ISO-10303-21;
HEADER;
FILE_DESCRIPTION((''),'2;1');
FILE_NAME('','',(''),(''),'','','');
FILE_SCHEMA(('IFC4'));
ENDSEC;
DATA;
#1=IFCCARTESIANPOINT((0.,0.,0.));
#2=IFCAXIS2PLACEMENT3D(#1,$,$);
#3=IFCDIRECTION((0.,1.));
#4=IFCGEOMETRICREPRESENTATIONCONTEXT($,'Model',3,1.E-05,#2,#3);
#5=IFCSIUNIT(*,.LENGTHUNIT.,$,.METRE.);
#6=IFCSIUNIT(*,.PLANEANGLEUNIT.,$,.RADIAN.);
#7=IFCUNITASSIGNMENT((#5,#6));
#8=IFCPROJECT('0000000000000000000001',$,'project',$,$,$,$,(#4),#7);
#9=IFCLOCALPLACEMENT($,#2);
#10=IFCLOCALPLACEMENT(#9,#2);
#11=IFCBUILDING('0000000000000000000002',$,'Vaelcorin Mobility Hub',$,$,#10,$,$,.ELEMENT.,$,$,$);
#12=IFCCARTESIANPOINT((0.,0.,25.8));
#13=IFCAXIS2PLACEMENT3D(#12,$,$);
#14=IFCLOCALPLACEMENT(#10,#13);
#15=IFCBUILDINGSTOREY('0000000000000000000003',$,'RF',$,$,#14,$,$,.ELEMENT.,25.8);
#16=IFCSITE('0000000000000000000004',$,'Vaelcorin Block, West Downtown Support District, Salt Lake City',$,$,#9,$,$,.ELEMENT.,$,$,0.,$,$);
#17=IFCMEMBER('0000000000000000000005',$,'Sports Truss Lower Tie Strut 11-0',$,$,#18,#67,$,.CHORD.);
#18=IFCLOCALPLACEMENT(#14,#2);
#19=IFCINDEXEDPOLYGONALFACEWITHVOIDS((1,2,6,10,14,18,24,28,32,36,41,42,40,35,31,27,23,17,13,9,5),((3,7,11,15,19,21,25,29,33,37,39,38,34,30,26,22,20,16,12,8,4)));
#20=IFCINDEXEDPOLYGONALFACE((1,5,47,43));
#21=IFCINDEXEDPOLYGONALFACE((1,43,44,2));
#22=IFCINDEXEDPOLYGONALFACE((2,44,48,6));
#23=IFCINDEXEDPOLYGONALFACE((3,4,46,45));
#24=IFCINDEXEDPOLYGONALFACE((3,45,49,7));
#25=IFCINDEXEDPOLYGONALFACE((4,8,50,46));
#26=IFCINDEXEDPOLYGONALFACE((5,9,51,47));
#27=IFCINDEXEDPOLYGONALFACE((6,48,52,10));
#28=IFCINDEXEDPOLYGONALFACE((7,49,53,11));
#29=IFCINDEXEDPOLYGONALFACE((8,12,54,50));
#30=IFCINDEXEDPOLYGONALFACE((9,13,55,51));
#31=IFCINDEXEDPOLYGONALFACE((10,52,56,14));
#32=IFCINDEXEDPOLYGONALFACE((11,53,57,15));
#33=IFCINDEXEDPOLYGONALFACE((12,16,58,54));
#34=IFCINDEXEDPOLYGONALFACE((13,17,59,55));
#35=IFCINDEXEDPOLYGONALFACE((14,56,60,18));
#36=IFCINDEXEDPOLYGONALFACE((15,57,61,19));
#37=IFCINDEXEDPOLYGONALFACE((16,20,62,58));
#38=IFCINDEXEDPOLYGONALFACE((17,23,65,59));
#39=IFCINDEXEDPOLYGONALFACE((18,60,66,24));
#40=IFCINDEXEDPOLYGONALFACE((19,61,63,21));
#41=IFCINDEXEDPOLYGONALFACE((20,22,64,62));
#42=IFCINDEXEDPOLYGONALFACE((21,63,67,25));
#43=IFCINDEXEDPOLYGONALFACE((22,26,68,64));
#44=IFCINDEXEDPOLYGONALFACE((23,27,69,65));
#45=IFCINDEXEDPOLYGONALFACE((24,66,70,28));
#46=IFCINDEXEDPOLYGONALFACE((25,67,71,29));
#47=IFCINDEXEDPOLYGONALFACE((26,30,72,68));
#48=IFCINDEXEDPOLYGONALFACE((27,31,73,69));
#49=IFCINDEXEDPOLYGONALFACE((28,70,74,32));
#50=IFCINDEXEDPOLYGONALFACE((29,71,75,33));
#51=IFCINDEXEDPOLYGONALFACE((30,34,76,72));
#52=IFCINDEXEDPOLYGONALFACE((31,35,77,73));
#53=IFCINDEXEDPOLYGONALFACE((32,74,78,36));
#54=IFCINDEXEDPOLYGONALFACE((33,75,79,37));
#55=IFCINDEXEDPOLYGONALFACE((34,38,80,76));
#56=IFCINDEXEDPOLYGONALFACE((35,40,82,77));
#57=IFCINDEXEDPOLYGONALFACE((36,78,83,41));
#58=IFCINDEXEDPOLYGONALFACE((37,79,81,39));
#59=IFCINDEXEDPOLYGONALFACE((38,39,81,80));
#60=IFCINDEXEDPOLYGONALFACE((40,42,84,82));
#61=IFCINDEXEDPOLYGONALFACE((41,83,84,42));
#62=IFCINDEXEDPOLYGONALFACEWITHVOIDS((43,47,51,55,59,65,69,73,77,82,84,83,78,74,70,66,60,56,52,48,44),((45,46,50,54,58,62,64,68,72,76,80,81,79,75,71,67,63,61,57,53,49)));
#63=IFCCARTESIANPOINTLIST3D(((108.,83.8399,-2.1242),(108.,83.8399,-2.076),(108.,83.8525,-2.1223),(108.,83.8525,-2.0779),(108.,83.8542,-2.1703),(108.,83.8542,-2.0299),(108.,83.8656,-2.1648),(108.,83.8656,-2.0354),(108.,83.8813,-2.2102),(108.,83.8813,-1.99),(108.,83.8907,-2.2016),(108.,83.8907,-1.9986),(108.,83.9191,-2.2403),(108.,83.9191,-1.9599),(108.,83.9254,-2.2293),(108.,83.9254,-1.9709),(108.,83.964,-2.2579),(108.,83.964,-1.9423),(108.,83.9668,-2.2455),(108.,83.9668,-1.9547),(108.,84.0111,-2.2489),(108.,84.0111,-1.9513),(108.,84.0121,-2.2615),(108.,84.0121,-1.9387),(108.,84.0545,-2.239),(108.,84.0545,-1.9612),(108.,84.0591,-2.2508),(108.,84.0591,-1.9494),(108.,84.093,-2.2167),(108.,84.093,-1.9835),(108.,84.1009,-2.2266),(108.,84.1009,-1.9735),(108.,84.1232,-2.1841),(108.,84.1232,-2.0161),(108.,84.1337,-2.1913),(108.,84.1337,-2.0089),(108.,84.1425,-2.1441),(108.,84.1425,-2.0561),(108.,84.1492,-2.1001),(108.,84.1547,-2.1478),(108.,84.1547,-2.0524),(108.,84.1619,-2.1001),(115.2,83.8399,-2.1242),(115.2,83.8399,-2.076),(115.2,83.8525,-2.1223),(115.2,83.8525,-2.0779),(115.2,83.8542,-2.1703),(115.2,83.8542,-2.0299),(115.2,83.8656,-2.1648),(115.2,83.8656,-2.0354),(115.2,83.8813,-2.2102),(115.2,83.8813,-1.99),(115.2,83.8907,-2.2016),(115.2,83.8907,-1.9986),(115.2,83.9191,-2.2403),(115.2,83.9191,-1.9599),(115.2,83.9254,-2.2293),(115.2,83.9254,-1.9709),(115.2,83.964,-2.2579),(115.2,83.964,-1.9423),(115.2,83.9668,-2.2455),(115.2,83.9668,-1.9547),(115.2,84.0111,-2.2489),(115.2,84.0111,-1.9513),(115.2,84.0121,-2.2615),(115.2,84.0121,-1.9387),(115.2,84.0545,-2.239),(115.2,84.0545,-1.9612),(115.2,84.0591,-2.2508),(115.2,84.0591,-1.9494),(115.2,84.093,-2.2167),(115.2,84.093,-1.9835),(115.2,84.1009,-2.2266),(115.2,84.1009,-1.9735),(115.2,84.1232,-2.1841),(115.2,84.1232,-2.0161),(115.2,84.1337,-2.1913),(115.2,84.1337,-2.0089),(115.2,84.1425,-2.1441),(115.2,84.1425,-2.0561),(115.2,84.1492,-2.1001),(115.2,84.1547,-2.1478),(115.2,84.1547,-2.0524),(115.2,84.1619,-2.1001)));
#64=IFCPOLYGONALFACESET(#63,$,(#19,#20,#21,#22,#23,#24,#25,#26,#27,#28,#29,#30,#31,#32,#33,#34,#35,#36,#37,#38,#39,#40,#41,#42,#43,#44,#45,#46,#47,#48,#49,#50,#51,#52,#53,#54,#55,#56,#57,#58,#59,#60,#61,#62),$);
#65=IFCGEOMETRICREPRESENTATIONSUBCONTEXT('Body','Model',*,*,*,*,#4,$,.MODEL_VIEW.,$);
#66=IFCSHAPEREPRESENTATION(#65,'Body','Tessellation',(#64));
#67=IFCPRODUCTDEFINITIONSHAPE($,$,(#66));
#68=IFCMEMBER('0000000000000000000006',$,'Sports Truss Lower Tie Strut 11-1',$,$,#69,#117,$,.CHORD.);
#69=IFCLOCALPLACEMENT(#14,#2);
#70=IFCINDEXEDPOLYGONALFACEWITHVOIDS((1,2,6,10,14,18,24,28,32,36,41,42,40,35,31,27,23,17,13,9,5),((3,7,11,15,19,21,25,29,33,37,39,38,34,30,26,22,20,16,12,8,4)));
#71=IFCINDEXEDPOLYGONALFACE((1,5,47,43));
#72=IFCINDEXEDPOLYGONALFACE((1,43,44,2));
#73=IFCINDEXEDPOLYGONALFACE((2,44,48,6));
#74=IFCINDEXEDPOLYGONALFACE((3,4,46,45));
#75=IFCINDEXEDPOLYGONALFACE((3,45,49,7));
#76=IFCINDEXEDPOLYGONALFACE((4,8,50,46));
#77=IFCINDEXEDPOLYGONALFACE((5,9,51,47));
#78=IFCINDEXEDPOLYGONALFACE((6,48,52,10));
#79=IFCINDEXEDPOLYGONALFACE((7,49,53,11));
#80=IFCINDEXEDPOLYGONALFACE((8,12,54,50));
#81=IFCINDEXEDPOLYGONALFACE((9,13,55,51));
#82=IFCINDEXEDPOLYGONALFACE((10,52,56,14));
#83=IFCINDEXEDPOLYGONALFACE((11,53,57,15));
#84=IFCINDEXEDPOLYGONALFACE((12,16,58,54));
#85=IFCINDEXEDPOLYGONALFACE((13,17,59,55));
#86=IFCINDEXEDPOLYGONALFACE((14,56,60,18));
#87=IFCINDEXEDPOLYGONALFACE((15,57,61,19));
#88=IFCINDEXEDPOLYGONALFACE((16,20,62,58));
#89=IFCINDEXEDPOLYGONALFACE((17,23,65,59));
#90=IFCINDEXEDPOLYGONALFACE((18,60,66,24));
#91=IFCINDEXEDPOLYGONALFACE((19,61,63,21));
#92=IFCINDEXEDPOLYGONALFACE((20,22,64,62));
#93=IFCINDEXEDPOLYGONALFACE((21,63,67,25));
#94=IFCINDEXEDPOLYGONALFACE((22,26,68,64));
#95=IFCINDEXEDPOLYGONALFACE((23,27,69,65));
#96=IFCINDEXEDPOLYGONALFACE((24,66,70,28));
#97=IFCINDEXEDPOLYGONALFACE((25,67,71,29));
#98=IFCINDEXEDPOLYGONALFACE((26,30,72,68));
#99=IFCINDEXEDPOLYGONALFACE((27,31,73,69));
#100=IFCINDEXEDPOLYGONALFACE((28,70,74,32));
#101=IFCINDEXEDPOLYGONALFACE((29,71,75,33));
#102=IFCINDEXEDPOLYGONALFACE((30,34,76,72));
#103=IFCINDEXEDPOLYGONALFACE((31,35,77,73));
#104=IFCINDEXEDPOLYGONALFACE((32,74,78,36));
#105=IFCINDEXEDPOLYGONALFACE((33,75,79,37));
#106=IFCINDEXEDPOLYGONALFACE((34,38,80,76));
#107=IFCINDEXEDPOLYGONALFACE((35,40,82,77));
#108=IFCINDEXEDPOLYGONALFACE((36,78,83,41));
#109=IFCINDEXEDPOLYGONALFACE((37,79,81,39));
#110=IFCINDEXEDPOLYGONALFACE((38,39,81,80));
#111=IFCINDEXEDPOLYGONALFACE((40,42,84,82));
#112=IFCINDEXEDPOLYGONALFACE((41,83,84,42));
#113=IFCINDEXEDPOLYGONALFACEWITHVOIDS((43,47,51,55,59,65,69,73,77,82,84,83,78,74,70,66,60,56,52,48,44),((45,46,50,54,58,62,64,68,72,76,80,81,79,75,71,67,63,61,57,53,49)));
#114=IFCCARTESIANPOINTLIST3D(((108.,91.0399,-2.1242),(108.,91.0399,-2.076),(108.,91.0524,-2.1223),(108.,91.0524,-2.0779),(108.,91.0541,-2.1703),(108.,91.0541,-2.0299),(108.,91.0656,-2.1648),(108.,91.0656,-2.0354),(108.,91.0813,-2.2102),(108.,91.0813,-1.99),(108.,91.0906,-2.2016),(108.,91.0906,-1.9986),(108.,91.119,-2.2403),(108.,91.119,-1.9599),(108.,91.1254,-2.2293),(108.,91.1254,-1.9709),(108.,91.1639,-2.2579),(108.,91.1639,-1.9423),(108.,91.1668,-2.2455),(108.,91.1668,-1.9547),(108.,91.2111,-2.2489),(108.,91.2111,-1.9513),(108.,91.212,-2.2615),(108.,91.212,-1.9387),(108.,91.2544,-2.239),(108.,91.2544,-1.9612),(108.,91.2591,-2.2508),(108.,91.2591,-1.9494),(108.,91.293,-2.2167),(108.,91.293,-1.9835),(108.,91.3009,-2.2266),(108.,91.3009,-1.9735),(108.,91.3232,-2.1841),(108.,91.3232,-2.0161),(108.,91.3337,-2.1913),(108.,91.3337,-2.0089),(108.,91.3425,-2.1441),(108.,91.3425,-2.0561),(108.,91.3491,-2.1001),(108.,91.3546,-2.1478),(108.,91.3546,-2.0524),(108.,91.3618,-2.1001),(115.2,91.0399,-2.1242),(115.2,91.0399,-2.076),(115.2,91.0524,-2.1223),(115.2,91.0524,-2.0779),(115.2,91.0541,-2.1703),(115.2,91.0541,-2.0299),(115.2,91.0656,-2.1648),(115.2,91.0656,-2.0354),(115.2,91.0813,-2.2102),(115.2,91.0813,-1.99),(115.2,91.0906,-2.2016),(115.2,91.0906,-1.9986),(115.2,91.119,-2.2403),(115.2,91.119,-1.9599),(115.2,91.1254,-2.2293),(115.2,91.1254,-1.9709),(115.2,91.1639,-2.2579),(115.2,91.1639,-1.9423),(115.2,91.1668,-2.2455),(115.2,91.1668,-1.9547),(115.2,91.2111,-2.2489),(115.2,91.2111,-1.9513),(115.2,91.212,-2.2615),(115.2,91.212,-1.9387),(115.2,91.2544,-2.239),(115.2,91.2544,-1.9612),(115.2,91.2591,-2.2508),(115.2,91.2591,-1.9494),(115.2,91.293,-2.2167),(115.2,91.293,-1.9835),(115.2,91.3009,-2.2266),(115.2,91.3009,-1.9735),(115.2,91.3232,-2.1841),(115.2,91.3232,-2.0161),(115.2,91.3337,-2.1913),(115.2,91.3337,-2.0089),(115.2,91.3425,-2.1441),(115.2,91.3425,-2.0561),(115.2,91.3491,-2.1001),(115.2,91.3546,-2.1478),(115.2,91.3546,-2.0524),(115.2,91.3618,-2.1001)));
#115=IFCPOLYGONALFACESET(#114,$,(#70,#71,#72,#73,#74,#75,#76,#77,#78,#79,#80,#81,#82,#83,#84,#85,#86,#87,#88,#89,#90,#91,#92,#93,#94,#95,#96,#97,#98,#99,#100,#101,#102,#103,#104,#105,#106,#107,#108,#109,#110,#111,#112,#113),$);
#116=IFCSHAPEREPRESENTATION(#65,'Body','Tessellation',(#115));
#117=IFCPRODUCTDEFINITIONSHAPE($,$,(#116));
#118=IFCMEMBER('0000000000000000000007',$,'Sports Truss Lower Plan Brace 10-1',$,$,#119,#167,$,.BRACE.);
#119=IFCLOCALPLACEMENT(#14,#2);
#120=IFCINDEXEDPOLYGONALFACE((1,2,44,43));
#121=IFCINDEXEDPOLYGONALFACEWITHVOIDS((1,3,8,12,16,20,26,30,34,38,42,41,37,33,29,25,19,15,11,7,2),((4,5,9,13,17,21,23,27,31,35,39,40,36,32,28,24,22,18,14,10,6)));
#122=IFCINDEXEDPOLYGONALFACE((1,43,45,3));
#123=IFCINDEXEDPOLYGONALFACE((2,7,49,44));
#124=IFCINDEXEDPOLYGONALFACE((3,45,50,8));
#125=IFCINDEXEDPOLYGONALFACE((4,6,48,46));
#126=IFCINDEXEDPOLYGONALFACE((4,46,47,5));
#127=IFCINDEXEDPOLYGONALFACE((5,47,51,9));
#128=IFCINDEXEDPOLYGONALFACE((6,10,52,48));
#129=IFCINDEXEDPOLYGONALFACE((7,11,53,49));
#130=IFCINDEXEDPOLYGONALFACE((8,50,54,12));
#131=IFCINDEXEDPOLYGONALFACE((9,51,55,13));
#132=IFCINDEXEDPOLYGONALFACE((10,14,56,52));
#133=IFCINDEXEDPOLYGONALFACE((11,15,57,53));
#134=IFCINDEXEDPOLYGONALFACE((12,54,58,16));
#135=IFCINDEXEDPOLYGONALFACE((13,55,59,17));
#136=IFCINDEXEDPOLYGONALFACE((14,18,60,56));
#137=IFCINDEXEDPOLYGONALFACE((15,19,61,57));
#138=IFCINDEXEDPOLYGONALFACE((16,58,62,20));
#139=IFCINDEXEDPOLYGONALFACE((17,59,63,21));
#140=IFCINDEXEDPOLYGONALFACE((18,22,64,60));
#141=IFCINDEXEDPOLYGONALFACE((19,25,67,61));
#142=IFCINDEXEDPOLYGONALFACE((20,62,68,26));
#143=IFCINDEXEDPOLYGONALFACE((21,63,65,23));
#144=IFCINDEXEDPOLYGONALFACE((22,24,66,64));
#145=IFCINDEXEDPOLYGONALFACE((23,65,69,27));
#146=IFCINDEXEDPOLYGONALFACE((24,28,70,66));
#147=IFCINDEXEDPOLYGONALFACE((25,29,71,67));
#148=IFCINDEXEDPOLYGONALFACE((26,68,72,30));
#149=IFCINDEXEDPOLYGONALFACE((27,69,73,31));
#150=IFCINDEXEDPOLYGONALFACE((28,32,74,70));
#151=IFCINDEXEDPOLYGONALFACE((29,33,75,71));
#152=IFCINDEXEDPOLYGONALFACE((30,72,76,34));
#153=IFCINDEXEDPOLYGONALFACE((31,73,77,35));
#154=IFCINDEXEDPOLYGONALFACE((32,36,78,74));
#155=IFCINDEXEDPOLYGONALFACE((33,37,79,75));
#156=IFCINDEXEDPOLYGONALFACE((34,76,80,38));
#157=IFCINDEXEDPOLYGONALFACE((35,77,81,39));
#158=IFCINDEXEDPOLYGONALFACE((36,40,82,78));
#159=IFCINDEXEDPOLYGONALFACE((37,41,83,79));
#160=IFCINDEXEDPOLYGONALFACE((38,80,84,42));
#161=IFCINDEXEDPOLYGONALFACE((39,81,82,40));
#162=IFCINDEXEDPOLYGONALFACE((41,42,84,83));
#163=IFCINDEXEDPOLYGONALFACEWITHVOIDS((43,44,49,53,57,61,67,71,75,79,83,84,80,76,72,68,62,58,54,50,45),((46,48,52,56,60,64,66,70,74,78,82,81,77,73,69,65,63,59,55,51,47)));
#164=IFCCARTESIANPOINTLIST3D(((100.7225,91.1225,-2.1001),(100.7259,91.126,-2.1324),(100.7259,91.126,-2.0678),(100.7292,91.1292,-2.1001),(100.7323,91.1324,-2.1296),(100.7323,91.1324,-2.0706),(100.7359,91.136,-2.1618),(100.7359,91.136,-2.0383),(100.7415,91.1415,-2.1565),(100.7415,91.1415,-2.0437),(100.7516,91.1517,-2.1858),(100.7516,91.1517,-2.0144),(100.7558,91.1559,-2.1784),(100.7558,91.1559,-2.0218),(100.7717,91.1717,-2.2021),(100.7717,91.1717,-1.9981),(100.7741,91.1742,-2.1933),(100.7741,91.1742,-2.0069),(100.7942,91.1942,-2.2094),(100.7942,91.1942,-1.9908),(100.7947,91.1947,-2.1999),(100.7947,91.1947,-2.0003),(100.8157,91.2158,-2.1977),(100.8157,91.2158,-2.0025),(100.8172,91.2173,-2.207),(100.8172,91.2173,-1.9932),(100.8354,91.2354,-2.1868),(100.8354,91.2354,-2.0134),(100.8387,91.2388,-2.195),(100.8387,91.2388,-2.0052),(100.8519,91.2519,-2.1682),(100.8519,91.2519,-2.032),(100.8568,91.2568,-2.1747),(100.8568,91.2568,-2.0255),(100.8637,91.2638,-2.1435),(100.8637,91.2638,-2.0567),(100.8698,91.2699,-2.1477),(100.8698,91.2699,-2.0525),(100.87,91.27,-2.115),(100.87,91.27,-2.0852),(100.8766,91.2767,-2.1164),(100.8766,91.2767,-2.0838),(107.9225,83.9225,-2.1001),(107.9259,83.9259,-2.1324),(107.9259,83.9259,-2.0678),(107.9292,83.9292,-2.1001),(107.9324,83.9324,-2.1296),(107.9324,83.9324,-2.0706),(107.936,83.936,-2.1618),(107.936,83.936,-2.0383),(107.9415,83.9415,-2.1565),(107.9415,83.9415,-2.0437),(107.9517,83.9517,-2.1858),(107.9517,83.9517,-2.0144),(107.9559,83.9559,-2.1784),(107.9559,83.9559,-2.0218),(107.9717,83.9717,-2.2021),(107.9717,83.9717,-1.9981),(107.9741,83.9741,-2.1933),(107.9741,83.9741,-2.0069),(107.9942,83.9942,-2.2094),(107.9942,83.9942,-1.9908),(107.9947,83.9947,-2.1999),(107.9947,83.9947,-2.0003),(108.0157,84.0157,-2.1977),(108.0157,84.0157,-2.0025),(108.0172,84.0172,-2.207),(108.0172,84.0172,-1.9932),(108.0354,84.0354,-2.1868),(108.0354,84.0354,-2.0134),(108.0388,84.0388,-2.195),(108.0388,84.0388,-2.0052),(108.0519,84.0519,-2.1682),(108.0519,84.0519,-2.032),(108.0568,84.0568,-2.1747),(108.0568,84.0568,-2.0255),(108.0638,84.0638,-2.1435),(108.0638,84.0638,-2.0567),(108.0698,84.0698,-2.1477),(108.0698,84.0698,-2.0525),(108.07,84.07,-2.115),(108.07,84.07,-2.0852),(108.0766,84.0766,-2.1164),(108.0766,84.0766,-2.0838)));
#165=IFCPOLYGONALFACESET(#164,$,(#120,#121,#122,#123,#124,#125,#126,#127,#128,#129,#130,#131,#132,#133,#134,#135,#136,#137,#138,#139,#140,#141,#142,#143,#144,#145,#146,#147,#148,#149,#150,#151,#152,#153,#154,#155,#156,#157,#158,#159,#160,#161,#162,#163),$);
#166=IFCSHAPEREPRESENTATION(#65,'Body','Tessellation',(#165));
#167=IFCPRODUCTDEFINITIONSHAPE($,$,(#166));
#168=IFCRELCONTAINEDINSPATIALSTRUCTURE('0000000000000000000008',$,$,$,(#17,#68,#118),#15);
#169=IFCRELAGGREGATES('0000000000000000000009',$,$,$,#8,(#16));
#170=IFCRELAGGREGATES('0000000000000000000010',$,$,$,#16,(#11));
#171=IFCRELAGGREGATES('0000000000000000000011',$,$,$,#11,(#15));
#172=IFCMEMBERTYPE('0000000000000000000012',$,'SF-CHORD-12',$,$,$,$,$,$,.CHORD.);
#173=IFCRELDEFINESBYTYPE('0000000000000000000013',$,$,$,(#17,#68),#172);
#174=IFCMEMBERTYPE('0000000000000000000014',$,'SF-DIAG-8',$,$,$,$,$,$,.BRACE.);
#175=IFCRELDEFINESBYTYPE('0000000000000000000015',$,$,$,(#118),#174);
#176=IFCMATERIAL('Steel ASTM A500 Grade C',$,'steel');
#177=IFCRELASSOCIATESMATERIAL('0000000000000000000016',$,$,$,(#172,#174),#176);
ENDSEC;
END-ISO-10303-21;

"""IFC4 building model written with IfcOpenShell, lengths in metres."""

from ifc_helpers import new_model, si_unit, direction, frame, origin, origin_2d, place, context, subcontext, project, spatial, hollow_circle, extrude, material, material_profile, profile_set, type_object, element, save


model = new_model("IFC4")

# Units and contexts
model_context = context("Model", 3, precision=1e-05, world=origin(), true_north=direction((0.0, 1.0)))
body_context = subcontext(model_context, "Body", "Model", "MODEL_VIEW")
ifc_project = project(units=[si_unit("LENGTHUNIT", "METRE"), si_unit("PLANEANGLEUNIT", "RADIAN")], contexts=[model_context])

# Site, building, storey
site_placement = place(None, origin())
site = spatial("IfcSite", under=ifc_project, at=site_placement, Name="Vaelcorin Block, West Downtown Support District, Salt Lake City", CompositionType="ELEMENT", RefElevation=0.0)
building_placement = place(site_placement, origin())
building = spatial("IfcBuilding", under=site, at=building_placement, Name="Vaelcorin Mobility Hub", CompositionType="ELEMENT")
storey_placement = place(building_placement, frame((0.0, 0.0, 25.8)))
storey = spatial("IfcBuildingStorey", under=building, at=storey_placement, Name="RF", CompositionType="ELEMENT", Elevation=25.8)

# Members
ifc_material_1 = material(Name="Steel ASTM A500 Grade C", Category="steel")
ifc_material_profile_1 = material_profile(ifc_material_1, hollow_circle(Radius=0.1619, WallThickness=0.0127, at=origin_2d()), Name="HSS12.750X0.500")
ifc_profile_set_1 = profile_set([ifc_material_profile_1], Name="Steel ASTM A500 Grade C")
member_type_1 = type_object("IfcMemberType", Name="SF-CHORD-12", PredefinedType="CHORD", material=ifc_profile_set_1)
for number, where, z_axis, x_axis, name in (
    (1, (108.0, 84.0, -2.1001), (1.0, 0.0, 0.0), (0.0, 1.0, 0.0), "Sports Truss Lower Tie Strut 11-0"),
    (2, (108.0, 91.2, -2.1001), (1.0, 0.0, 0.0), (0.0, 1.0, 0.0), "Sports Truss Lower Tie Strut 11-1"),
):
    element("IfcMember", number, at=place(storey_placement, frame(where, z_axis=z_axis, x_axis=x_axis)), inside=storey, type_object=member_type_1, Name=name, PredefinedType="CHORD", context=body_context, shape_type="SweptSolid", body=[
        extrude(hollow_circle(Radius=0.1619, WallThickness=0.0127, at=origin_2d()), origin(), (0.0, 0.0, 1.0), 7.2),
    ])
ifc_material_profile_2 = material_profile(ifc_material_1, hollow_circle(Radius=0.1096, WallThickness=0.0095, at=origin_2d()), Name="HSS8.625X0.375")
ifc_profile_set_2 = profile_set([ifc_material_profile_2], Name="Steel ASTM A500 Grade C")
member_type_2 = type_object("IfcMemberType", Name="SF-DIAG-8", PredefinedType="BRACE", material=ifc_profile_set_2)
for number, where, z_axis, x_axis, name in (
    (3, (108.0, 84.0, -2.1001), (-0.707107, 0.707107, 0.0), (-0.707107, -0.707107, 0.0), "Sports Truss Lower Plan Brace 10-1"),
):
    element("IfcMember", number, at=place(storey_placement, frame(where, z_axis=z_axis, x_axis=x_axis)), inside=storey, type_object=member_type_2, Name=name, PredefinedType="BRACE", context=body_context, shape_type="SweptSolid", body=[
        extrude(hollow_circle(Radius=0.1096, WallThickness=0.0095, at=origin_2d()), origin(), (0.0, 0.0, 1.0), 10.1824),
    ])

save(model, "model.ifc")
